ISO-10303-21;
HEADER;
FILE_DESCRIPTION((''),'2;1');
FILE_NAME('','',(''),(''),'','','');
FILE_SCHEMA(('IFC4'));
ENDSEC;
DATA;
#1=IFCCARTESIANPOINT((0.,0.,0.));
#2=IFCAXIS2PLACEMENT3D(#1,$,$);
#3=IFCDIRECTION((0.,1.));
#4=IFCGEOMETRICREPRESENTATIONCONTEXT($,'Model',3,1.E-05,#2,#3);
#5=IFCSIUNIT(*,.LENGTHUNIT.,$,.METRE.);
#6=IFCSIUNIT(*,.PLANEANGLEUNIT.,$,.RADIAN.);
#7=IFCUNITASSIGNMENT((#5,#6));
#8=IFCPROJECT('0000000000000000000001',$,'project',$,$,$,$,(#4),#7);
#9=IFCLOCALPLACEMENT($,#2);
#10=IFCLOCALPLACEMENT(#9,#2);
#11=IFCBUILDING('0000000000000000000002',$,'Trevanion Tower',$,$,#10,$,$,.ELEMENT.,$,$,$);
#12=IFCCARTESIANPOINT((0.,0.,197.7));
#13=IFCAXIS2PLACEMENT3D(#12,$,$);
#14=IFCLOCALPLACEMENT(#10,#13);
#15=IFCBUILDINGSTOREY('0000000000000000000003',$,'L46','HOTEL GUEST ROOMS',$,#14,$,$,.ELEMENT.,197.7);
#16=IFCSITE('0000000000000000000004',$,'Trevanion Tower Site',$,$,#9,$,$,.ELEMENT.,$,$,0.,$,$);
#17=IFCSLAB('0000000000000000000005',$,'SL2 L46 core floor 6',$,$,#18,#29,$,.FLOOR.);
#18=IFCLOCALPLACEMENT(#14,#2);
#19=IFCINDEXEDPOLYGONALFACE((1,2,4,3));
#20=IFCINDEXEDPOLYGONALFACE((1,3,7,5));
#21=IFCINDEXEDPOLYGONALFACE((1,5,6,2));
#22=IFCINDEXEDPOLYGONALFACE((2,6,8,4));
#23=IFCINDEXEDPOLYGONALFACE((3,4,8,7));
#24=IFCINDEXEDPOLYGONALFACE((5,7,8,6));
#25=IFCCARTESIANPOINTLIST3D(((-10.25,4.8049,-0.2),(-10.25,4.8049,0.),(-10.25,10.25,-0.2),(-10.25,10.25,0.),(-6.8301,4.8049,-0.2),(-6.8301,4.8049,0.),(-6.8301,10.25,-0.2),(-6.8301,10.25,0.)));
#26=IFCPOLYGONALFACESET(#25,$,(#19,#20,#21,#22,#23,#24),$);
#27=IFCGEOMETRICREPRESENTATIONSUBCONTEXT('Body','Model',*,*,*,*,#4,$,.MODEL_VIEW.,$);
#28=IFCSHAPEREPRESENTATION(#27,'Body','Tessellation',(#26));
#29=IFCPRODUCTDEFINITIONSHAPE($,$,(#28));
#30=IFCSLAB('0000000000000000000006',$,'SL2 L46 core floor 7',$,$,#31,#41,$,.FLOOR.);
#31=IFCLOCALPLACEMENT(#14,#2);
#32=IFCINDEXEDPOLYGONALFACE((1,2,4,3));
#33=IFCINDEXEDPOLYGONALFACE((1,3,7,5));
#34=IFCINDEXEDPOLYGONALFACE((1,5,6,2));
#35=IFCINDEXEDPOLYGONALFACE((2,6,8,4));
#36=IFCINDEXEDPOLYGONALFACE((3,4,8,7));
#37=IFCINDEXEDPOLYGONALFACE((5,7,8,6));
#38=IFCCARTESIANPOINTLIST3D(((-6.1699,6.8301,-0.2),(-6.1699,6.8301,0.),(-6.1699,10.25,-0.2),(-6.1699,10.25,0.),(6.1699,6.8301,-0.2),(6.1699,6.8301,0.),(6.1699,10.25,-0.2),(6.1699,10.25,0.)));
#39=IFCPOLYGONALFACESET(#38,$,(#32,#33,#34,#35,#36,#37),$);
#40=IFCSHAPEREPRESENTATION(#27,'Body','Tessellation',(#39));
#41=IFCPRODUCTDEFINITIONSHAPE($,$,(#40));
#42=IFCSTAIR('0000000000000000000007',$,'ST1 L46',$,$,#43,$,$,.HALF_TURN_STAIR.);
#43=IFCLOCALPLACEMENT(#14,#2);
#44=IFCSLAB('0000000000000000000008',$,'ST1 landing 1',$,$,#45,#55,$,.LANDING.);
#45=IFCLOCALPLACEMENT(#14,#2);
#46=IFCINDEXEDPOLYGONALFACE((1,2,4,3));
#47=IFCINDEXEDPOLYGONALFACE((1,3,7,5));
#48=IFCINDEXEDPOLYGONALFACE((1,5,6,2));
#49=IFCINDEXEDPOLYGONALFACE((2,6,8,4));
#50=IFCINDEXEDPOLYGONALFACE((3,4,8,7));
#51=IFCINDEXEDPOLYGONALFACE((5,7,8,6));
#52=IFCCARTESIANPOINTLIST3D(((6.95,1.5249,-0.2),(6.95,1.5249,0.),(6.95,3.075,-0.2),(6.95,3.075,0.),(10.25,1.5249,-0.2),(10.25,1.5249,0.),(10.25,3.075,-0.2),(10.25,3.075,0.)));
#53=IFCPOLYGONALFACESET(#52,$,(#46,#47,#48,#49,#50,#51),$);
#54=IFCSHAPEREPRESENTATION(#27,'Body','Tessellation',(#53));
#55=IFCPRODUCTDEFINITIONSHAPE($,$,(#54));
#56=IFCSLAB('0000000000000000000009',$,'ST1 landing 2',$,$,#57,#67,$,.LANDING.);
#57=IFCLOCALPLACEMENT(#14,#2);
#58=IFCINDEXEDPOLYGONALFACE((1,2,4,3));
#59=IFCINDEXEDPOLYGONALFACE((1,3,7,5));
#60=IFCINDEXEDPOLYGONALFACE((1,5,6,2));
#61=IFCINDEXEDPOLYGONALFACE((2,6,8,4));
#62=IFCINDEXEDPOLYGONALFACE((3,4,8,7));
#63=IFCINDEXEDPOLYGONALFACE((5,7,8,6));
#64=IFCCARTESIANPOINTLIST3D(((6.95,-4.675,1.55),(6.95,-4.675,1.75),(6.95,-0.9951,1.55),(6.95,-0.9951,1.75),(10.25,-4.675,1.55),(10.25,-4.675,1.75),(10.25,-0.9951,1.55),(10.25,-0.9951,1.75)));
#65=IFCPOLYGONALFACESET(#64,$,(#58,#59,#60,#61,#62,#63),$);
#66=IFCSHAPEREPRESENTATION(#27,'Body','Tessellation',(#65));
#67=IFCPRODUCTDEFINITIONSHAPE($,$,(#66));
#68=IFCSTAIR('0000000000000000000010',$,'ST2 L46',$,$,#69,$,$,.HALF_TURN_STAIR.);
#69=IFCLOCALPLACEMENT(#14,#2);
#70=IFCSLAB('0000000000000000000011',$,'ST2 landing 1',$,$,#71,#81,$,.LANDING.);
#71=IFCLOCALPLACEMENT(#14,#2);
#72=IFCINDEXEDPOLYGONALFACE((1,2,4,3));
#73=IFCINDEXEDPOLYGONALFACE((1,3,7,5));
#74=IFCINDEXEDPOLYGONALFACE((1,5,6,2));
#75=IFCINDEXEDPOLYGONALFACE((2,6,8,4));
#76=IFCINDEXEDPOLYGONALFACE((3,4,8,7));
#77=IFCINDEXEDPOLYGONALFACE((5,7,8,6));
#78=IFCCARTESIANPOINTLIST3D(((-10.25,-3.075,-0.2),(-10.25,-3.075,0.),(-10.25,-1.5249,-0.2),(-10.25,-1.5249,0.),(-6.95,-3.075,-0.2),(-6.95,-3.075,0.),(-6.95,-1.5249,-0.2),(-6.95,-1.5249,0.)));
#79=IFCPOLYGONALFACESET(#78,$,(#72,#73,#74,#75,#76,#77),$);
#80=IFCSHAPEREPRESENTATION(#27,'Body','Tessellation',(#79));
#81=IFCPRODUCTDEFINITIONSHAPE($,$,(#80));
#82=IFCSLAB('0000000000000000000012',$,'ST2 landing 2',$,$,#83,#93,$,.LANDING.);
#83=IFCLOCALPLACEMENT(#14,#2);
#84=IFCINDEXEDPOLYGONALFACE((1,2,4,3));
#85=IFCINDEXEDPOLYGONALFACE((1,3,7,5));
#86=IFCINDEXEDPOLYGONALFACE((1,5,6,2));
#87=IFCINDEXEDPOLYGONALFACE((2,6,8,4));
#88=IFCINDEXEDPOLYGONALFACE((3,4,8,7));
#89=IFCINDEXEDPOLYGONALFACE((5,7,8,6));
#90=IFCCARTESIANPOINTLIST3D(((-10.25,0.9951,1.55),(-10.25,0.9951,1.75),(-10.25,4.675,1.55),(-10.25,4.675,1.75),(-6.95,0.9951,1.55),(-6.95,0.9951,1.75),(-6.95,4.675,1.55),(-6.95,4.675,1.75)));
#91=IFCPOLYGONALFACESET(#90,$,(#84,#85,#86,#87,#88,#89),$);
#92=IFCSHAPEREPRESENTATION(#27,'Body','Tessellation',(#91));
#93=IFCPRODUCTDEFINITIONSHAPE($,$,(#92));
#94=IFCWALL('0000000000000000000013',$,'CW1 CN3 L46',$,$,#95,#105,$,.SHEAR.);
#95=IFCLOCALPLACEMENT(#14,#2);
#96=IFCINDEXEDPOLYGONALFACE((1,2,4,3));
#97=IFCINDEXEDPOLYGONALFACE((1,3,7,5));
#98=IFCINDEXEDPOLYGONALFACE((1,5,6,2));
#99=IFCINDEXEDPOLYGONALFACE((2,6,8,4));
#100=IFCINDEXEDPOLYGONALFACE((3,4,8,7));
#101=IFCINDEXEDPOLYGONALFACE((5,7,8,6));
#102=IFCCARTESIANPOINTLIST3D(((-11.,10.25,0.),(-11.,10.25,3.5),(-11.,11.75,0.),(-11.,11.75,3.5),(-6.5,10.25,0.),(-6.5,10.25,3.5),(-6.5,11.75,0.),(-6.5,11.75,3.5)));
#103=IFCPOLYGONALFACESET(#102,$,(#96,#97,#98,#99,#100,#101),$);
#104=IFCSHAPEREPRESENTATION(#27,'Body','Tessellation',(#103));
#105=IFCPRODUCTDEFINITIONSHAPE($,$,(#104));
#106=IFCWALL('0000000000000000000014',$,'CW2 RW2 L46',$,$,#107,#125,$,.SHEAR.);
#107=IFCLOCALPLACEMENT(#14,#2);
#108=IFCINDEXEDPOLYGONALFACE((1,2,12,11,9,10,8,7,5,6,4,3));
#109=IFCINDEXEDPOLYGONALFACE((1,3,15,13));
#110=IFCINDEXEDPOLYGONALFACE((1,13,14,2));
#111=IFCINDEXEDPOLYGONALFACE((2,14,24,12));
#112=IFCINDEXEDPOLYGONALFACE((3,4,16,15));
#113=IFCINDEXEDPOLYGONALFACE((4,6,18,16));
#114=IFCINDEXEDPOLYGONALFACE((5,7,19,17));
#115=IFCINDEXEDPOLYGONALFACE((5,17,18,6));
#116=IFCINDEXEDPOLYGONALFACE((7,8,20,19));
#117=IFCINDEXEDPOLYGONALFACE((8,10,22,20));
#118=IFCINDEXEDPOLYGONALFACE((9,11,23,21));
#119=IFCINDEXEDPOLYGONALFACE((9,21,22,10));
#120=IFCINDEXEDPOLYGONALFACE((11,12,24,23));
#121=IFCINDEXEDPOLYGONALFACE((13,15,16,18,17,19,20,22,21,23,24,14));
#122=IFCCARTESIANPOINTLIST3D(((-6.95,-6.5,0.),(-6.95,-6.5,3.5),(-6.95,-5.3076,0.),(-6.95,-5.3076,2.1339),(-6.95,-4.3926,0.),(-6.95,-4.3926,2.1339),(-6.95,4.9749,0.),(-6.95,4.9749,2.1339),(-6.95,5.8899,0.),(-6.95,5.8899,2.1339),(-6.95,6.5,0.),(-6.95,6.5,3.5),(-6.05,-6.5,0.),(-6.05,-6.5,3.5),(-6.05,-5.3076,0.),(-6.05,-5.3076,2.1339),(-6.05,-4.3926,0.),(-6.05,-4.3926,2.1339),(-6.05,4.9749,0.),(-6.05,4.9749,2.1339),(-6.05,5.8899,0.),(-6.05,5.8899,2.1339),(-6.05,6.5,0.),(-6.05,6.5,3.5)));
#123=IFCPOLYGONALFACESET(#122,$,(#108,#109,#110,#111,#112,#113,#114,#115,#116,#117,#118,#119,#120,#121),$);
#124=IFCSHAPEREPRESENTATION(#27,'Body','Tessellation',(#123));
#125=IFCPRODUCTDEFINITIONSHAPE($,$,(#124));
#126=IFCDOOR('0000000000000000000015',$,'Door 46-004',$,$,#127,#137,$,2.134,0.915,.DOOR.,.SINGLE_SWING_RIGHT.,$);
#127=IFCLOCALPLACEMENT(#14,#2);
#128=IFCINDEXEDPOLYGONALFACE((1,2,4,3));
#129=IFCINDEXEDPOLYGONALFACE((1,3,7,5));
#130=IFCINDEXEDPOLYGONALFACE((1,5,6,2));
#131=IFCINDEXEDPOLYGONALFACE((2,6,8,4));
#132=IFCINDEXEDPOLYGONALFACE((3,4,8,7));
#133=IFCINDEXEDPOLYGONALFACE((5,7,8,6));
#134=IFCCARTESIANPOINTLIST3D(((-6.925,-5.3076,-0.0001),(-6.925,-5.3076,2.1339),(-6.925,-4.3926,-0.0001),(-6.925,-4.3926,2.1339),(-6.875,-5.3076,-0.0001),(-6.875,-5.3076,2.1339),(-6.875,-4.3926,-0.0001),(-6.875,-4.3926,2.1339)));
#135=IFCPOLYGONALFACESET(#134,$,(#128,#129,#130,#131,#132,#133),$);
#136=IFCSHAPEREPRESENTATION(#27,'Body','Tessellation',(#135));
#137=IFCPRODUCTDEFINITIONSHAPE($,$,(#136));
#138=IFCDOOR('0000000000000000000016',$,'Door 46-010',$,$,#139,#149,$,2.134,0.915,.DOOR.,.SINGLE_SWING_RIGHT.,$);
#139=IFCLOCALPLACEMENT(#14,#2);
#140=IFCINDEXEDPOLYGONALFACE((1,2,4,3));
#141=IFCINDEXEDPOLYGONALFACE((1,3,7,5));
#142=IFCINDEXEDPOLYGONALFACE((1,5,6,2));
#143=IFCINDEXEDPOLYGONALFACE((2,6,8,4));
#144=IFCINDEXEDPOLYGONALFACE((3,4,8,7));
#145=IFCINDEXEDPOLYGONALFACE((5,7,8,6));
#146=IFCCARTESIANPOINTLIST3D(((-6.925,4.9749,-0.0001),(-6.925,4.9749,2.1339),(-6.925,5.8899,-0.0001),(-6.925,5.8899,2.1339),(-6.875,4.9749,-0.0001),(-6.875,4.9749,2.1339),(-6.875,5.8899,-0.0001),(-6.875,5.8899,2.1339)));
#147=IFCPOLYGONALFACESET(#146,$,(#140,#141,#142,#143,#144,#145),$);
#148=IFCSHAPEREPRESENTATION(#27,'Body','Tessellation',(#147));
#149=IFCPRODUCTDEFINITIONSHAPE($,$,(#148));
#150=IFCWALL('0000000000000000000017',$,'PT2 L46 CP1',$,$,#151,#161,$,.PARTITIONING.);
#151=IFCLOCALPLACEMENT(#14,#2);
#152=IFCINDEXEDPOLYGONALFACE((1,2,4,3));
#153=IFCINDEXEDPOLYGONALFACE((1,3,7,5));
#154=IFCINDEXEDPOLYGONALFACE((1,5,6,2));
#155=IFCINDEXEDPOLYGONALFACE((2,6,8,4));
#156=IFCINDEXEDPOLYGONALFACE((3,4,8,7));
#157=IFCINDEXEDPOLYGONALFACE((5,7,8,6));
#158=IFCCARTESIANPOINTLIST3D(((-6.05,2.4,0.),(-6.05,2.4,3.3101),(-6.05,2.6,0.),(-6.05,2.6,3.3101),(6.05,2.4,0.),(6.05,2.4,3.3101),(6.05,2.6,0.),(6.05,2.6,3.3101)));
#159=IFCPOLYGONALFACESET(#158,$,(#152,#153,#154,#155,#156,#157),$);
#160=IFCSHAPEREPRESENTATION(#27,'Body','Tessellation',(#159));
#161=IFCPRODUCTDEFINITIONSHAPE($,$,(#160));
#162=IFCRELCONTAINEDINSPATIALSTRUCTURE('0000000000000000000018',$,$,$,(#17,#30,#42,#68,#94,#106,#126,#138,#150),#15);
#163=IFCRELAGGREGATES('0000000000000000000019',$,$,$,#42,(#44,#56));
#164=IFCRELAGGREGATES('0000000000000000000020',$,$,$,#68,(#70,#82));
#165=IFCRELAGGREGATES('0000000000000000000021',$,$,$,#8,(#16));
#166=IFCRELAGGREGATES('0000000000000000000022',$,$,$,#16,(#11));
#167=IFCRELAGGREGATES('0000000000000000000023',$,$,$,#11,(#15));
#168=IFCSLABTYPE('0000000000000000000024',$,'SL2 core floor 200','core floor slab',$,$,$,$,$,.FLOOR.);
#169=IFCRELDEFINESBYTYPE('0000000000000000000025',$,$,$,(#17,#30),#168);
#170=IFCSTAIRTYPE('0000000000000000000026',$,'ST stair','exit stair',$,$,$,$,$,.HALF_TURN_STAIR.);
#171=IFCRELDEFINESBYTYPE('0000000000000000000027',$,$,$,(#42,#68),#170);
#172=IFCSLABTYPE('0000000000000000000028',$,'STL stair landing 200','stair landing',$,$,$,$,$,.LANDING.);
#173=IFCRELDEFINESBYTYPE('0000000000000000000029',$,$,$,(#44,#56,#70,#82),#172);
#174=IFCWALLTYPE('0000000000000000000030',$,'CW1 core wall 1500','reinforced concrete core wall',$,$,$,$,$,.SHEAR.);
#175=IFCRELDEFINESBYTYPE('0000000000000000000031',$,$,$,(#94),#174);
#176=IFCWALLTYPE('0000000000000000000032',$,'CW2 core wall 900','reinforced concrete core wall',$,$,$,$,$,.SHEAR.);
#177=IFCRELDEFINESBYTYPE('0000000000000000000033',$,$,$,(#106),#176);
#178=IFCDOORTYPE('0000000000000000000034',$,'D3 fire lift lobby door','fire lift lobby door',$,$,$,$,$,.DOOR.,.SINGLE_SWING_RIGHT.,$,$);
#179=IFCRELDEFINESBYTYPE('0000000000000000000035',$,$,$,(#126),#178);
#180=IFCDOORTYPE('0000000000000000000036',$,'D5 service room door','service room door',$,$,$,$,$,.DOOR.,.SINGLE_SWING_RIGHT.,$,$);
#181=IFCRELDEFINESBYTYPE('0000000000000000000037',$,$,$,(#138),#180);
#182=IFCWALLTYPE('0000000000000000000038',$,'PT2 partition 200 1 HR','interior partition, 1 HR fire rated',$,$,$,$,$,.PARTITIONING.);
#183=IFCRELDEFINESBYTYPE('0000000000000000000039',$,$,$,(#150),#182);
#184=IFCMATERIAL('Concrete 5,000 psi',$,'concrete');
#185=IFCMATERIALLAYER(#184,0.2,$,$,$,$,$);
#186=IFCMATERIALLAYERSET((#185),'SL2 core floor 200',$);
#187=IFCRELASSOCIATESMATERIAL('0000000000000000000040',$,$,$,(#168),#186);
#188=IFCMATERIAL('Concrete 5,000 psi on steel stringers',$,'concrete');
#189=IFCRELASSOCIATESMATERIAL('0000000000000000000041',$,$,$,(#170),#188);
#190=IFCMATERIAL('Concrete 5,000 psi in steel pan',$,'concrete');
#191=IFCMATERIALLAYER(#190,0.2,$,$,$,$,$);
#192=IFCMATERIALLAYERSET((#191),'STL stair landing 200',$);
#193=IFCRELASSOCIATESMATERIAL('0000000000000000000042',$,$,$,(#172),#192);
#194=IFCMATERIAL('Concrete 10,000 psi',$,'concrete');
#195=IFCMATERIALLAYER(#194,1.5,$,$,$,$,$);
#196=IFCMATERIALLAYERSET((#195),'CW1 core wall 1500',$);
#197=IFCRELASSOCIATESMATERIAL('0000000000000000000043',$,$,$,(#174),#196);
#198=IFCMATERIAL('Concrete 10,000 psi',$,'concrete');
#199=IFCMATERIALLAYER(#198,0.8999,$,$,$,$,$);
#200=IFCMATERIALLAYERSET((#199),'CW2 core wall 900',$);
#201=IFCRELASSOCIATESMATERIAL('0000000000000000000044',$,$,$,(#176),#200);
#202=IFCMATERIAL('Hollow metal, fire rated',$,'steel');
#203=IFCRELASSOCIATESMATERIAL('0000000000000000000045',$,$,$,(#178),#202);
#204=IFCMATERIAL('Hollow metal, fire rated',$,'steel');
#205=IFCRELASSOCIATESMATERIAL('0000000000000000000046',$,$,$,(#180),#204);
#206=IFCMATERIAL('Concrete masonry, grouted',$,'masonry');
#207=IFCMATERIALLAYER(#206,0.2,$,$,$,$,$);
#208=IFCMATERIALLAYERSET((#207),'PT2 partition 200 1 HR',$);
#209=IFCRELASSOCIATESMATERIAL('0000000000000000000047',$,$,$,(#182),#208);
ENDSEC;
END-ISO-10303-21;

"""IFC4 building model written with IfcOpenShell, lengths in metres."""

from ifc_helpers import new_model, si_unit, direction, frame, frame_2d, origin, place, context, subcontext, project, spatial, polyline, rectangle, outline, extrude, material, layer, layer_set, type_object, element, fill, aggregate, save


model = new_model("IFC4")

# Units and contexts
model_context = context("Model", 3, precision=1e-05, world=origin(), true_north=direction((0.0, 1.0)))
body_context = subcontext(model_context, "Body", "Model", "MODEL_VIEW")
ifc_project = project(units=[si_unit("LENGTHUNIT", "METRE"), si_unit("PLANEANGLEUNIT", "RADIAN")], contexts=[model_context])

# Site, building, storey
site_placement = place(None, origin())
site = spatial("IfcSite", under=ifc_project, at=site_placement, Name="Trevanion Tower Site", CompositionType="ELEMENT", RefElevation=0.0)
building_placement = place(site_placement, origin())
building = spatial("IfcBuilding", under=site, at=building_placement, Name="Trevanion Tower", CompositionType="ELEMENT")
storey_placement = place(building_placement, frame((0.0, 0.0, 197.7)))
storey = spatial("IfcBuildingStorey", under=building, at=storey_placement, Name="L46", Description="HOTEL GUEST ROOMS", CompositionType="ELEMENT", Elevation=197.7)

# Slabs
ifc_material_1 = material(Name="Concrete 5,000 psi", Category="concrete")
ifc_layer_1 = layer(ifc_material_1, 0.2)
ifc_layer_set_1 = layer_set([ifc_layer_1], Name="SL2 core floor 200")
slab_type_1 = type_object("IfcSlabType", Name="SL2 core floor 200", Description="core floor slab", PredefinedType="FLOOR", material=ifc_layer_set_1)
slab_1_placement = place(storey_placement, frame((0.0, 0.0, -0.2)))
element("IfcSlab", 1, at=slab_1_placement, inside=storey, type_object=slab_type_1, Name="SL2 L46 core floor 6", PredefinedType="FLOOR", context=body_context, shape_type="SweptSolid", body=[
    extrude(outline(polyline([(-6.8301, 4.8049), (-10.25, 4.8049), (-10.25, 10.25), (-6.8301, 10.25), (-6.8301, 4.8049)])), origin(), (0.0, 0.0, 1.0), 0.2),
])
slab_2_placement = place(storey_placement, frame((0.0, 0.0, -0.2)))
element("IfcSlab", 2, at=slab_2_placement, inside=storey, type_object=slab_type_1, Name="SL2 L46 core floor 7", PredefinedType="FLOOR", context=body_context, shape_type="SweptSolid", body=[
    extrude(outline(polyline([(6.1699, 6.8301), (-6.1699, 6.8301), (-6.1699, 10.25), (6.1699, 10.25), (6.1699, 6.8301)])), origin(), (0.0, 0.0, 1.0), 0.2),
])

# Stairs, slabs
ifc_material_2 = material(Name="Concrete 5,000 psi on steel stringers", Category="concrete")
stair_type = type_object("IfcStairType", Name="ST stair", Description="exit stair", PredefinedType="HALF_TURN_STAIR", material=ifc_material_2)
stair_1_placement = place(storey_placement, origin())
stair_1 = element("IfcStair", 3, at=stair_1_placement, inside=storey, type_object=stair_type, Name="ST1 L46", PredefinedType="HALF_TURN_STAIR")
ifc_material_3 = material(Name="Concrete 5,000 psi in steel pan", Category="concrete")
ifc_layer_2 = layer(ifc_material_3, 0.2)
ifc_layer_set_2 = layer_set([ifc_layer_2], Name="STL stair landing 200")
slab_type_2 = type_object("IfcSlabType", Name="STL stair landing 200", Description="stair landing", PredefinedType="LANDING", material=ifc_layer_set_2)
slab_3_placement = place(storey_placement, frame((0.0, 0.0, -0.2)))
slab_3 = element("IfcSlab", 4, at=slab_3_placement, type_object=slab_type_2, Name="ST1 landing 1", PredefinedType="LANDING", context=body_context, shape_type="SweptSolid", body=[
    extrude(outline(polyline([(6.95, 1.5249), (10.25, 1.5249), (10.25, 3.075), (6.95, 3.075), (6.95, 1.5249)])), origin(), (0.0, 0.0, 1.0), 0.2),
])
slab_4_placement = place(storey_placement, frame((0.0, 0.0, 1.55)))
slab_4 = element("IfcSlab", 5, at=slab_4_placement, type_object=slab_type_2, Name="ST1 landing 2", PredefinedType="LANDING", context=body_context, shape_type="SweptSolid", body=[
    extrude(outline(polyline([(6.95, -4.675), (10.25, -4.675), (10.25, -0.9951), (6.95, -0.9951), (6.95, -4.675)])), origin(), (0.0, 0.0, 1.0), 0.2),
])
aggregate(stair_1, [slab_3, slab_4])
stair_2_placement = place(storey_placement, origin())
stair_2 = element("IfcStair", 6, at=stair_2_placement, inside=storey, type_object=stair_type, Name="ST2 L46", PredefinedType="HALF_TURN_STAIR")
slab_5_placement = place(storey_placement, frame((0.0, 0.0, -0.2)))
slab_5 = element("IfcSlab", 7, at=slab_5_placement, type_object=slab_type_2, Name="ST2 landing 1", PredefinedType="LANDING", context=body_context, shape_type="SweptSolid", body=[
    extrude(outline(polyline([(-6.95, -1.5249), (-10.25, -1.5249), (-10.25, -3.075), (-6.95, -3.075), (-6.95, -1.5249)])), origin(), (0.0, 0.0, 1.0), 0.2),
])
slab_6_placement = place(storey_placement, frame((0.0, 0.0, 1.55)))
slab_6 = element("IfcSlab", 8, at=slab_6_placement, type_object=slab_type_2, Name="ST2 landing 2", PredefinedType="LANDING", context=body_context, shape_type="SweptSolid", body=[
    extrude(outline(polyline([(-6.95, 4.675), (-10.25, 4.675), (-10.25, 0.9951), (-6.95, 0.9951), (-6.95, 4.675)])), origin(), (0.0, 0.0, 1.0), 0.2),
])

# Wall
ifc_material_4 = material(Name="Concrete 10,000 psi", Category="concrete")
ifc_layer_3 = layer(ifc_material_4, 1.5)
ifc_layer_set_3 = layer_set([ifc_layer_3], Name="CW1 core wall 1500")
wall_type_1 = type_object("IfcWallType", Name="CW1 core wall 1500", Description="reinforced concrete core wall", PredefinedType="SHEAR", material=ifc_layer_set_3)
wall_1_placement = place(storey_placement, frame((-6.5, 11.0, 0.0), z_axis=(0.0, 0.0, 1.0), x_axis=(-1.0, 0.0, 0.0)))
element("IfcWall", 9, at=wall_1_placement, inside=storey, type_object=wall_type_1, Name="CW1 CN3 L46", PredefinedType="SHEAR", context=body_context, shape_type="SweptSolid", body=[
    extrude(rectangle(XDim=4.5, YDim=1.5, at=frame_2d((2.25, 0.0))), origin(), (0.0, 0.0, 1.0), 3.5),
])

# Wall, openings, doors
ifc_material_5 = material(Name="Concrete 10,000 psi", Category="concrete")
ifc_layer_4 = layer(ifc_material_5, 0.8999)
ifc_layer_set_4 = layer_set([ifc_layer_4], Name="CW2 core wall 900")
wall_type_2 = type_object("IfcWallType", Name="CW2 core wall 900", Description="reinforced concrete core wall", PredefinedType="SHEAR", material=ifc_layer_set_4)
wall_2_placement = place(storey_placement, frame((-6.5, 6.5, 0.0), z_axis=(0.0, 0.0, 1.0), x_axis=(0.0, -1.0, 0.0)))
wall_2 = element("IfcWall", 10, at=wall_2_placement, inside=storey, type_object=wall_type_2, Name="CW2 RW2 L46", PredefinedType="SHEAR", context=body_context, shape_type="SweptSolid", body=[
    extrude(rectangle(XDim=13.0, YDim=0.8999, at=frame_2d((6.5, 0.0))), origin(), (0.0, 0.0, 1.0), 3.5),
])
opening_1_placement = place(wall_2_placement, frame((10.8926, 0.0, 0.0)))
opening_1 = element("IfcOpeningElement", 11, at=opening_1_placement, cuts=wall_2, PredefinedType="OPENING", context=body_context, shape_type="SweptSolid", body=[
    extrude(rectangle(XDim=0.915, YDim=2.134, at=frame_2d((0.4575, 1.0669))), frame((0.0, 0.46, 0.0), z_axis=(0.0, -1.0, 0.0), x_axis=(1.0, 0.0, 0.0)), (0.0, 0.0, 1.0), 0.9199),
])
opening_2_placement = place(wall_2_placement, frame((0.6101, 0.0, 0.0)))
opening_2 = element("IfcOpeningElement", 12, at=opening_2_placement, cuts=wall_2, PredefinedType="OPENING", context=body_context, shape_type="SweptSolid", body=[
    extrude(rectangle(XDim=0.915, YDim=2.134, at=frame_2d((0.4575, 1.0669))), frame((0.0, 0.46, 0.0), z_axis=(0.0, -1.0, 0.0), x_axis=(1.0, 0.0, 0.0)), (0.0, 0.0, 1.0), 0.9199),
])
ifc_material_6 = material(Name="Hollow metal, fire rated", Category="steel")
door_type_1 = type_object("IfcDoorType", Name="D3 fire lift lobby door", Description="fire lift lobby door", OperationType="SINGLE_SWING_RIGHT", PredefinedType="DOOR", material=ifc_material_6)
door_1_placement = place(opening_1_placement, origin())
door_1 = element("IfcDoor", 13, at=door_1_placement, inside=storey, type_object=door_type_1, Name="Door 46-004", OperationType="SINGLE_SWING_RIGHT", OverallHeight=2.134, OverallWidth=0.915, PredefinedType="DOOR", context=body_context, shape_type="SweptSolid", body=[
    extrude(rectangle(XDim=0.915, YDim=2.134, at=frame_2d((0.4575, 1.0669))), frame((0.0, -0.375, 0.0), z_axis=(0.0, -1.0, 0.0), x_axis=(1.0, 0.0, 0.0)), (0.0, 0.0, 1.0), 0.05),
])
fill(opening_1, door_1)
ifc_material_7 = material(Name="Hollow metal, fire rated", Category="steel")
door_type_2 = type_object("IfcDoorType", Name="D5 service room door", Description="service room door", OperationType="SINGLE_SWING_RIGHT", PredefinedType="DOOR", material=ifc_material_7)
door_2_placement = place(opening_2_placement, origin())
door_2 = element("IfcDoor", 14, at=door_2_placement, inside=storey, type_object=door_type_2, Name="Door 46-010", OperationType="SINGLE_SWING_RIGHT", OverallHeight=2.134, OverallWidth=0.915, PredefinedType="DOOR", context=body_context, shape_type="SweptSolid", body=[
    extrude(rectangle(XDim=0.915, YDim=2.134, at=frame_2d((0.4575, 1.0669))), frame((0.0, -0.375, 0.0), z_axis=(0.0, -1.0, 0.0), x_axis=(1.0, 0.0, 0.0)), (0.0, 0.0, 1.0), 0.05),
])
fill(opening_2, door_2)

# Wall
ifc_material_8 = material(Name="Concrete masonry, grouted", Category="masonry")
ifc_layer_5 = layer(ifc_material_8, 0.2)
ifc_layer_set_5 = layer_set([ifc_layer_5], Name="PT2 partition 200 1 HR")
wall_type_3 = type_object("IfcWallType", Name="PT2 partition 200 1 HR", Description="interior partition, 1 HR fire rated", PredefinedType="PARTITIONING", material=ifc_layer_set_5)
wall_3_placement = place(storey_placement, frame((-6.05, 2.5, 0.0), z_axis=(0.0, 0.0, 1.0), x_axis=(1.0, 0.0, 0.0)))
element("IfcWall", 15, at=wall_3_placement, inside=storey, type_object=wall_type_3, Name="PT2 L46 CP1", PredefinedType="PARTITIONING", context=body_context, shape_type="SweptSolid", body=[
    extrude(rectangle(XDim=12.1001, YDim=0.2, at=frame_2d((6.05, 0.0))), origin(), (0.0, 0.0, 1.0), 3.3101),
])

aggregate(stair_2, [slab_5, slab_6])

save(model, "model.ifc")
